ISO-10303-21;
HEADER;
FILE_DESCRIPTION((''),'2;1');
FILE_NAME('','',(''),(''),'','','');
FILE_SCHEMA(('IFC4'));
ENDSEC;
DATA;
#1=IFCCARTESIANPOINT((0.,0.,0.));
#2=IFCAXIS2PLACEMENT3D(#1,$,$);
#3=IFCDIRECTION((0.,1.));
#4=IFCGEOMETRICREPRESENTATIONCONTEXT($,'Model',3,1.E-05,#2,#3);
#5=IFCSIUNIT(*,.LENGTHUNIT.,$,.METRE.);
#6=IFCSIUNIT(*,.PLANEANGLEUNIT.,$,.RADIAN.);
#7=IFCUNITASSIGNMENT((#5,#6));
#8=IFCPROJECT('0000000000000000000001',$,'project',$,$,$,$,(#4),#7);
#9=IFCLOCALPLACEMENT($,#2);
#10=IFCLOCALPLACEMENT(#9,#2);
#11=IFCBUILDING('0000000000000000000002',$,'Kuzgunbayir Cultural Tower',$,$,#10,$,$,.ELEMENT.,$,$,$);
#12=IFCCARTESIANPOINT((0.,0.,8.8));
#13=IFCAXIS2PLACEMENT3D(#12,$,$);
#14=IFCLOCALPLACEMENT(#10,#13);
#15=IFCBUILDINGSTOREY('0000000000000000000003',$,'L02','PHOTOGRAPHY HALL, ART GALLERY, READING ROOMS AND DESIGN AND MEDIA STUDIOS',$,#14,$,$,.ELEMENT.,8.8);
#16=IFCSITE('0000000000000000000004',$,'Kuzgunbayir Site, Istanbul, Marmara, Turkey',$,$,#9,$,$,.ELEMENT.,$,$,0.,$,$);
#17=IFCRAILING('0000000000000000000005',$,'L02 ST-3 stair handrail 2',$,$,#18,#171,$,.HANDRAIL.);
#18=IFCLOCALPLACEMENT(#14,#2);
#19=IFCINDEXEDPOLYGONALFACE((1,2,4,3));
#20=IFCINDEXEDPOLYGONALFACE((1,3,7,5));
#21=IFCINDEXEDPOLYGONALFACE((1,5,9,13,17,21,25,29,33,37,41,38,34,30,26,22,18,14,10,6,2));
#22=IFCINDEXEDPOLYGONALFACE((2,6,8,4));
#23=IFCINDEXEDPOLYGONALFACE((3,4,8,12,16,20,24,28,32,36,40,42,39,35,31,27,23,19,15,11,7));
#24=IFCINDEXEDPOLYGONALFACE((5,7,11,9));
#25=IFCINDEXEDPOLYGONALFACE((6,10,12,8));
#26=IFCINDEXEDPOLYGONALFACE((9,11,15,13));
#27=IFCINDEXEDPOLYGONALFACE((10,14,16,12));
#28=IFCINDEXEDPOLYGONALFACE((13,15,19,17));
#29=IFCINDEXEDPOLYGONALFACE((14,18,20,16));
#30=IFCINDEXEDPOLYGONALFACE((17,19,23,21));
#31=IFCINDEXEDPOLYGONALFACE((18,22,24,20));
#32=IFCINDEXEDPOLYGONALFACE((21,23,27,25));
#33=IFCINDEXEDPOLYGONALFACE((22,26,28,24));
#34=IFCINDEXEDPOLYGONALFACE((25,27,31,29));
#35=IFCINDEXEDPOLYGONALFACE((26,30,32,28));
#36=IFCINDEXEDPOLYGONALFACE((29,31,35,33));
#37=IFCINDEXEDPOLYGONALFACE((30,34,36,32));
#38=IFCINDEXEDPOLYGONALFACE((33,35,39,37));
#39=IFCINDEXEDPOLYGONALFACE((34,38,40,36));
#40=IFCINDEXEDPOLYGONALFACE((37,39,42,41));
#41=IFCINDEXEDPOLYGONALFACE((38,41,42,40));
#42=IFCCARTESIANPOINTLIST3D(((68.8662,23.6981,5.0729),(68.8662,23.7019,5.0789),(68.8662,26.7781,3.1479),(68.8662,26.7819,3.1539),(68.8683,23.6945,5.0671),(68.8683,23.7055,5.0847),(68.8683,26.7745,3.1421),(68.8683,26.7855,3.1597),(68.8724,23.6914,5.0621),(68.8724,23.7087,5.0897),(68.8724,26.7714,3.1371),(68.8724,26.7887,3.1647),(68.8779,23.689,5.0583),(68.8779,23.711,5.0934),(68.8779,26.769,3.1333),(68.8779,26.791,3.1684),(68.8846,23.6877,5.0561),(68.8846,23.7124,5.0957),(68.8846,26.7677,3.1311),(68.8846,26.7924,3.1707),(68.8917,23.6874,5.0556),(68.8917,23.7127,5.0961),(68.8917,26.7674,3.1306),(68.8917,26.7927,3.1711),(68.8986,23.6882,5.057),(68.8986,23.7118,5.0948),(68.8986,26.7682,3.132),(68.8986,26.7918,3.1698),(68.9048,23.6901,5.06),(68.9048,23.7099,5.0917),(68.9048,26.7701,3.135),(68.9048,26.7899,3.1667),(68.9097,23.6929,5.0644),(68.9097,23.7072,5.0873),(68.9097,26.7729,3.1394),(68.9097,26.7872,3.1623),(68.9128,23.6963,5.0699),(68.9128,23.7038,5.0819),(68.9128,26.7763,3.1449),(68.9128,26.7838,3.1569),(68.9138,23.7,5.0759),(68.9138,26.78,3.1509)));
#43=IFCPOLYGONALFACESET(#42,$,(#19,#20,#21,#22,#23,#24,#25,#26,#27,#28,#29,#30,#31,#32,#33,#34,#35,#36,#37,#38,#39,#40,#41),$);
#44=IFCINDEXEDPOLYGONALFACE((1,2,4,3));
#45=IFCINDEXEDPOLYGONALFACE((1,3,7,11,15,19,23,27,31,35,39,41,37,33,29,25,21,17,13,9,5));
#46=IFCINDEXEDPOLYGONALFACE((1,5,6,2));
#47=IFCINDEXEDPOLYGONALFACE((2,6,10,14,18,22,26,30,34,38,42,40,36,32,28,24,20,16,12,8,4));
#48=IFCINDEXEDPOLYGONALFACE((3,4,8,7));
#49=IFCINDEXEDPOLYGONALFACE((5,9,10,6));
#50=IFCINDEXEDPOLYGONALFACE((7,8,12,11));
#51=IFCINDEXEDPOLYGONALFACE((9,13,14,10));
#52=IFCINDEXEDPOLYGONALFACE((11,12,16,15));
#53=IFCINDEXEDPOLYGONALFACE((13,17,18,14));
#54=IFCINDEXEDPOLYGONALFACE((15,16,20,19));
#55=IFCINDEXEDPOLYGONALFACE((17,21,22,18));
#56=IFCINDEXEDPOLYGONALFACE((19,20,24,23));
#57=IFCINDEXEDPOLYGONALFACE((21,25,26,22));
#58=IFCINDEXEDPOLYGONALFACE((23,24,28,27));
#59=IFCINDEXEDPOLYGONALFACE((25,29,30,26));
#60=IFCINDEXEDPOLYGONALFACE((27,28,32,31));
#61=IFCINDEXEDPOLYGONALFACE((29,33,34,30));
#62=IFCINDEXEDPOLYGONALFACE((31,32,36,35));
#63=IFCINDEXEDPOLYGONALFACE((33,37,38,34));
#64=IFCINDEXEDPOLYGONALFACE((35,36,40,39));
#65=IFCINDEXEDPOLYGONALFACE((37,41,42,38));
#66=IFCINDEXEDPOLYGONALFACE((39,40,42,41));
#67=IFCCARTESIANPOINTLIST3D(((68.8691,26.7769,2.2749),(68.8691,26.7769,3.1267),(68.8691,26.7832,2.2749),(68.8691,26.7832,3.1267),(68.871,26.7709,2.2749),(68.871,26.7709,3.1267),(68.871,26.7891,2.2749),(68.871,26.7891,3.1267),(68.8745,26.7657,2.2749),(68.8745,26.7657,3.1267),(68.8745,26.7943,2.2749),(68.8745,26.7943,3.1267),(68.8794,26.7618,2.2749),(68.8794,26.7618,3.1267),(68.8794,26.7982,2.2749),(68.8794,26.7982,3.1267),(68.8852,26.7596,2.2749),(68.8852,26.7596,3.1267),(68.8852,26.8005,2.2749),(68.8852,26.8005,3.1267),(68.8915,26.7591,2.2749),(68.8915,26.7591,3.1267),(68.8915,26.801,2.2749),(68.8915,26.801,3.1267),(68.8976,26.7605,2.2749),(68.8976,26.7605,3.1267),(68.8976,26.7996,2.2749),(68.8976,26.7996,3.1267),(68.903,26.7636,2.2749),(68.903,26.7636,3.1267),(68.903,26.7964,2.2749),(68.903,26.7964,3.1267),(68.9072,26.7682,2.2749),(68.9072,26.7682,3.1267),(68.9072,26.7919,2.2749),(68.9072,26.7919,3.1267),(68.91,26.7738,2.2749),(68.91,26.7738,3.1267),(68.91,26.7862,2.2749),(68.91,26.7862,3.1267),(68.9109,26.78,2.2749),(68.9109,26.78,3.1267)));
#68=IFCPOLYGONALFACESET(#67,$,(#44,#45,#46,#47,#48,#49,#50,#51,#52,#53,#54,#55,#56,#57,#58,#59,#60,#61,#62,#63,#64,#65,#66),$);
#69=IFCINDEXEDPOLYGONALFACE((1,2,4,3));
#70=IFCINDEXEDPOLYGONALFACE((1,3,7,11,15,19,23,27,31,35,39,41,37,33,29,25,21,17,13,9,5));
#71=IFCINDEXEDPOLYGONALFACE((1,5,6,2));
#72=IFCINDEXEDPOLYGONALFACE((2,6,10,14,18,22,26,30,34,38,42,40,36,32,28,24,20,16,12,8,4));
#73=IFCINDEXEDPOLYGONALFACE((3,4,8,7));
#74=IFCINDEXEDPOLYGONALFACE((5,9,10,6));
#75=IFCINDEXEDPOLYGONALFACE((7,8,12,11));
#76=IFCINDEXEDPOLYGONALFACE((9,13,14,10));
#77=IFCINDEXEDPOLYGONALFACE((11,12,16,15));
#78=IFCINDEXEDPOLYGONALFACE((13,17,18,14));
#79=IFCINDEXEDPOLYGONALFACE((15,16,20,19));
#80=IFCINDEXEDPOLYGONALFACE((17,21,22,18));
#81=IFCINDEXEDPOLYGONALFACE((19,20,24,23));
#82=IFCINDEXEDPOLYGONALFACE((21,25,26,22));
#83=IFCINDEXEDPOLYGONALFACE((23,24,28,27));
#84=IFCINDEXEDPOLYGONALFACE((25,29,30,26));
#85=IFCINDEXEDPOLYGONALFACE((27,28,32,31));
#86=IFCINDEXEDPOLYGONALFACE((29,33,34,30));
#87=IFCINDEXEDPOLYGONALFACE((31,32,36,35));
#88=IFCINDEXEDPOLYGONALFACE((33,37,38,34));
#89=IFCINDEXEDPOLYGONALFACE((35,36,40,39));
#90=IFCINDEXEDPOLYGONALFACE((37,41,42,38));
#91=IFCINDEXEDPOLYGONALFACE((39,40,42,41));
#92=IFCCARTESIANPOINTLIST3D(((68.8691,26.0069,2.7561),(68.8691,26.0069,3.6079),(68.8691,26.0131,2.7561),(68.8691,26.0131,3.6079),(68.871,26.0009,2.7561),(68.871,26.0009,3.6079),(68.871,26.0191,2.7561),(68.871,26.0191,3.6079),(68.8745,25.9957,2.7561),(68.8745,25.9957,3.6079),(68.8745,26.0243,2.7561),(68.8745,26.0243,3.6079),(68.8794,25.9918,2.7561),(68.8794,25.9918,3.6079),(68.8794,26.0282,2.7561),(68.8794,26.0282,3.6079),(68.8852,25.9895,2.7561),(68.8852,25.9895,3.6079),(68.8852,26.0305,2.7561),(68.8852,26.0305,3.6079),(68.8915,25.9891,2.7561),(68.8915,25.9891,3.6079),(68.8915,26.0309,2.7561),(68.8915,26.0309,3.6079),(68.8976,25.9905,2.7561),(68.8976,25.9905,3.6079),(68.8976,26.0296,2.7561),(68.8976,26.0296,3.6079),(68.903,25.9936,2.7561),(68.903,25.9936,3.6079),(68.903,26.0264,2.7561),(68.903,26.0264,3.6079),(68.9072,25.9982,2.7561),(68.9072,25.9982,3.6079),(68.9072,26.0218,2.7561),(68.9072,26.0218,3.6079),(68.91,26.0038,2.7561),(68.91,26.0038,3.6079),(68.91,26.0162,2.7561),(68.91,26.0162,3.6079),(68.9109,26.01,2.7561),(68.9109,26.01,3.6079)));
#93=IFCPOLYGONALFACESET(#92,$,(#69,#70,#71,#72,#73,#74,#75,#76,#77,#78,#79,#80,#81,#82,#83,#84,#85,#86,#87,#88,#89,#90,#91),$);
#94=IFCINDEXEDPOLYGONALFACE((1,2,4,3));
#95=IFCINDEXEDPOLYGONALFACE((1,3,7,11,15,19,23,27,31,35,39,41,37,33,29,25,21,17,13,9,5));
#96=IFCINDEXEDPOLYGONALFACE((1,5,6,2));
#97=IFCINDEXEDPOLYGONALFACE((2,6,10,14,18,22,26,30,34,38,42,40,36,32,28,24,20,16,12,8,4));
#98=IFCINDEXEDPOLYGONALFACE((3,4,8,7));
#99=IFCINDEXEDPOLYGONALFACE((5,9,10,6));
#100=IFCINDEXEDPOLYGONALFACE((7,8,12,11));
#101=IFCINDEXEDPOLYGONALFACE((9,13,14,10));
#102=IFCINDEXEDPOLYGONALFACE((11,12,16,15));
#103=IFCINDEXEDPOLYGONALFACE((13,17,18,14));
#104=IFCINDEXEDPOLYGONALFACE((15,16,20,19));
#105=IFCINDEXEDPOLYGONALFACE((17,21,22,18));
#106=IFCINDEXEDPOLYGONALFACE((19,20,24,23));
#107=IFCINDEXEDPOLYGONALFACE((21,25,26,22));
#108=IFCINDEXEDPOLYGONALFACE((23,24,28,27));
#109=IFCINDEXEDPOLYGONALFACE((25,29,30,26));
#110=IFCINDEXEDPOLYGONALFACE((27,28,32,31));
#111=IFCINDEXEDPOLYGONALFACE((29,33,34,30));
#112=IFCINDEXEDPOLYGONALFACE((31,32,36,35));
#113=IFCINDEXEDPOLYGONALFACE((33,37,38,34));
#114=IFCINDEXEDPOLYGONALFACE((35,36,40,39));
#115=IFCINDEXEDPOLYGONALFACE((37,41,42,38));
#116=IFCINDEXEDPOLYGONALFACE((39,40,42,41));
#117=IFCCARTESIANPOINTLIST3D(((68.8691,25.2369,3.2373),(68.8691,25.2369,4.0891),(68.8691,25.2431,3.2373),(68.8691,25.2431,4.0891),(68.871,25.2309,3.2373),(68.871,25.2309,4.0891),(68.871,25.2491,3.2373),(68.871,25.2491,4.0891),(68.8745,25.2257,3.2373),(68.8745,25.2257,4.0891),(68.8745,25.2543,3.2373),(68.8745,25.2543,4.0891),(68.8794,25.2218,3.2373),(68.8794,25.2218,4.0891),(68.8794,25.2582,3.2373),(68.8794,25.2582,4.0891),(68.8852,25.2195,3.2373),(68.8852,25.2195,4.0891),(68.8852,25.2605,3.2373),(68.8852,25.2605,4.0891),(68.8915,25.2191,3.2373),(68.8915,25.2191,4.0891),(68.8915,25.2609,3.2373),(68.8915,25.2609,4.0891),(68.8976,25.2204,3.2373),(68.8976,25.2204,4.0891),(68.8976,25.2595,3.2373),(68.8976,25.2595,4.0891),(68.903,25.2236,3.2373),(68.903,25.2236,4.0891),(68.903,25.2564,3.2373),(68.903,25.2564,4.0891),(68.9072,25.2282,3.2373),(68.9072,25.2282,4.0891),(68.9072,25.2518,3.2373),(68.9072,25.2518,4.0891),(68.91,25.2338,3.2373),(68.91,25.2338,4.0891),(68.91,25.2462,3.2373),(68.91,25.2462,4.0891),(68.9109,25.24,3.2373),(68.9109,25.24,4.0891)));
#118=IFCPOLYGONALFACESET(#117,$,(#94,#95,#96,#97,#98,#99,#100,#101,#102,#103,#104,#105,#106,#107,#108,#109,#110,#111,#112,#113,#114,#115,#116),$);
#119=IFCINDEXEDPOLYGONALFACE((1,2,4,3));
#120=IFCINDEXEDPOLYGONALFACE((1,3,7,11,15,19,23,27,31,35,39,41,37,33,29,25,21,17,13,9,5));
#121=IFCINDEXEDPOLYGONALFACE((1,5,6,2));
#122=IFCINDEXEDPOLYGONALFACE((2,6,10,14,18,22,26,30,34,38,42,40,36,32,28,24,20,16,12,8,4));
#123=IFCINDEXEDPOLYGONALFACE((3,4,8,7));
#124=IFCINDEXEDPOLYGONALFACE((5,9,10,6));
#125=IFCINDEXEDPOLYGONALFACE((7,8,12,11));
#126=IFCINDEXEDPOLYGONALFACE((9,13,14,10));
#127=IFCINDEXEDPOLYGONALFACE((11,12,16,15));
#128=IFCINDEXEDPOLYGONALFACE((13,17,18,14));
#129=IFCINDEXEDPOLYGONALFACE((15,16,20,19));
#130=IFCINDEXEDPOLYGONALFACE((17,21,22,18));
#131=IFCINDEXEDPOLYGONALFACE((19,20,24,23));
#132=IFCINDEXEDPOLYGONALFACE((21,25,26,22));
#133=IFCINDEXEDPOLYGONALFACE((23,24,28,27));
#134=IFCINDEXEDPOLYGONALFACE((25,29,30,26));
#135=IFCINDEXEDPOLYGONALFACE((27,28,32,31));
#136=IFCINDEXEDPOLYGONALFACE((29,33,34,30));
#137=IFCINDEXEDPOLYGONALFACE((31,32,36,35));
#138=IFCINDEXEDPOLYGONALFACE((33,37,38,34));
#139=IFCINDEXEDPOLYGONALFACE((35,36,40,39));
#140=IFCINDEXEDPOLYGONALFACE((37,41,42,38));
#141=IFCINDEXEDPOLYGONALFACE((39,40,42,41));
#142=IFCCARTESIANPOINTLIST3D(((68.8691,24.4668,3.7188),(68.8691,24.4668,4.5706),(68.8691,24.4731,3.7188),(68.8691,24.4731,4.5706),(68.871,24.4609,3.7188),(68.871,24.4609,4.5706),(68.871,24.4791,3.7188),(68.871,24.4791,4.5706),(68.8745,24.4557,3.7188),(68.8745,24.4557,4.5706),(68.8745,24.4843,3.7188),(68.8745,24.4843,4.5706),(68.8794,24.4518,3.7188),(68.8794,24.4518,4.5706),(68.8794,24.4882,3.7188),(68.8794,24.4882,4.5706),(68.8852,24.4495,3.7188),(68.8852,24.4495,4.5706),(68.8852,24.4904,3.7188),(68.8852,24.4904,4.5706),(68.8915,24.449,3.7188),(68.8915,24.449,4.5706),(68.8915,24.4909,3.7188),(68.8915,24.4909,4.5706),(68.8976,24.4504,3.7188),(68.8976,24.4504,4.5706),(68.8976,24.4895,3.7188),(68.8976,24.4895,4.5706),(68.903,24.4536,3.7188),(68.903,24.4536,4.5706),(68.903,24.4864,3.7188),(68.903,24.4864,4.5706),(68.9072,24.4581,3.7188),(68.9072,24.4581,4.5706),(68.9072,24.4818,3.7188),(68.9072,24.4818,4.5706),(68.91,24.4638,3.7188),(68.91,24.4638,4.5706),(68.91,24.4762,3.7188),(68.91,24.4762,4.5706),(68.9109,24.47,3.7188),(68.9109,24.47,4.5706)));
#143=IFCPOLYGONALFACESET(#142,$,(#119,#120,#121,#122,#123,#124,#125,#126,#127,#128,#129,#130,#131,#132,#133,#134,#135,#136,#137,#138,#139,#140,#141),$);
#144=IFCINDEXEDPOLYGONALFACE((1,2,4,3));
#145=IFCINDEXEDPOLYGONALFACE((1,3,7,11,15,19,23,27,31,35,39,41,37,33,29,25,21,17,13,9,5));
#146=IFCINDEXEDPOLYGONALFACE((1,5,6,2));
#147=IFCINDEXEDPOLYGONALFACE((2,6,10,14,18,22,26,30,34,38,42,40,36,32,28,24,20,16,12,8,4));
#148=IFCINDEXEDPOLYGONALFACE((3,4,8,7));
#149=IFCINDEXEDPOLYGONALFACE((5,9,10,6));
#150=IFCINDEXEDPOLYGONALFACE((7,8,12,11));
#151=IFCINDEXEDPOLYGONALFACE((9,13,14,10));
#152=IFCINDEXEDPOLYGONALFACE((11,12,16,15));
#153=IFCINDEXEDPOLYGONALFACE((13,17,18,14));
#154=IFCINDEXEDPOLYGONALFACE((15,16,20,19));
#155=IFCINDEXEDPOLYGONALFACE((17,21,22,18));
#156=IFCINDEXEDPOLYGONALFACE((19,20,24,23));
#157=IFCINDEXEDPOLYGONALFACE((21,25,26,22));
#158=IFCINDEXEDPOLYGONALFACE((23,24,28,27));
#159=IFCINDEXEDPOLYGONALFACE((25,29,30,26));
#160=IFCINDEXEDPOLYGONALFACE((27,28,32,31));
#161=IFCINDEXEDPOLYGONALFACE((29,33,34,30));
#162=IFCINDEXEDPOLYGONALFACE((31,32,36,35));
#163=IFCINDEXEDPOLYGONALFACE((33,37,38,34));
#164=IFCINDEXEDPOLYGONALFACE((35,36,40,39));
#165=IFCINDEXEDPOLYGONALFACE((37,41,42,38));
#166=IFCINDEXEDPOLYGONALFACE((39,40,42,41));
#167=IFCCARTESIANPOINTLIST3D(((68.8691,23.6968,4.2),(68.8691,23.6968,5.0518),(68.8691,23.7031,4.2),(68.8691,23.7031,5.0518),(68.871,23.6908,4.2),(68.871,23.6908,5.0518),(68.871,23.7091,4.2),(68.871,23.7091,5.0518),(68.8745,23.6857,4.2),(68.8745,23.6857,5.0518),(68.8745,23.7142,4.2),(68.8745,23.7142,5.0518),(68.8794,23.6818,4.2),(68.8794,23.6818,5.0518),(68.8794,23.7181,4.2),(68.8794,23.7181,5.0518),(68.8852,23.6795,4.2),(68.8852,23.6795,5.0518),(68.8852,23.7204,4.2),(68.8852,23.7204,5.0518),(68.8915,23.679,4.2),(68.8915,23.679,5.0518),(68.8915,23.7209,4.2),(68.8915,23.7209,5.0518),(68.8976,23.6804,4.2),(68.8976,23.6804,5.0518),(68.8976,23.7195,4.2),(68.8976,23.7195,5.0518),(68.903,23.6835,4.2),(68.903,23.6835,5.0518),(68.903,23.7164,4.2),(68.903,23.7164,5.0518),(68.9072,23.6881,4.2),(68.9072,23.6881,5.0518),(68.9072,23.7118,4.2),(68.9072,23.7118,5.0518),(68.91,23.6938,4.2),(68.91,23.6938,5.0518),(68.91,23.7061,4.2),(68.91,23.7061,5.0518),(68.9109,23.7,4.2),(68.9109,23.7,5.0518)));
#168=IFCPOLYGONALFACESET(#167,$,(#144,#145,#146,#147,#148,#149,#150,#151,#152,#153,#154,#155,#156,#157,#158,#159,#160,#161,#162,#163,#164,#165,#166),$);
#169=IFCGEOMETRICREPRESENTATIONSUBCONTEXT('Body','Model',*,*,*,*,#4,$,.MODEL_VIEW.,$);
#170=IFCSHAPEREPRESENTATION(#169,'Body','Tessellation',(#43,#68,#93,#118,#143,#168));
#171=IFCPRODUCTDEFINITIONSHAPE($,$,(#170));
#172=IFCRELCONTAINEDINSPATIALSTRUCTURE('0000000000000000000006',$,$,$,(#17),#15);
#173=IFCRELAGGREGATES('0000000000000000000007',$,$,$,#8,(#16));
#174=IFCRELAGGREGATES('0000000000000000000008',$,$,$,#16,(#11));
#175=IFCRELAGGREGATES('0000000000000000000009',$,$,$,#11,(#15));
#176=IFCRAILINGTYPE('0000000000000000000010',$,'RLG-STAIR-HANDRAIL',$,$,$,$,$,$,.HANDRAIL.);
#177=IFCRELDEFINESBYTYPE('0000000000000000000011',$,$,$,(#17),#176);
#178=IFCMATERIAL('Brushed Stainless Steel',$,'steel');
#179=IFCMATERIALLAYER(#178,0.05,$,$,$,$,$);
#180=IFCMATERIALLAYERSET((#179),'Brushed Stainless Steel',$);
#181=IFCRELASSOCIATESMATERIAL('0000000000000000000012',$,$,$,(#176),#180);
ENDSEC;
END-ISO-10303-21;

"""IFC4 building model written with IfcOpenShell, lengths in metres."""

from ifc_helpers import new_model, si_unit, direction, frame, origin, origin_2d, place, context, subcontext, project, spatial, circle, extrude, material, layer, layer_set, type_object, element, save


model = new_model("IFC4")

# Units and contexts
model_context = context("Model", 3, precision=1e-05, world=origin(), true_north=direction((0.0, 1.0)))
body_context = subcontext(model_context, "Body", "Model", "MODEL_VIEW")
ifc_project = project(units=[si_unit("LENGTHUNIT", "METRE"), si_unit("PLANEANGLEUNIT", "RADIAN")], contexts=[model_context])

# Site, building, storey
site_placement = place(None, origin())
site = spatial("IfcSite", under=ifc_project, at=site_placement, Name="Kuzgunbayir Site, Istanbul, Marmara, Turkey", CompositionType="ELEMENT", RefElevation=0.0)
building_placement = place(site_placement, origin())
building = spatial("IfcBuilding", under=site, at=building_placement, Name="Kuzgunbayir Cultural Tower", CompositionType="ELEMENT")
storey_placement = place(building_placement, frame((0.0, 0.0, 8.8)))
storey = spatial("IfcBuildingStorey", under=building, at=storey_placement, Name="L02", Description="PHOTOGRAPHY HALL, ART GALLERY, READING ROOMS AND DESIGN AND MEDIA STUDIOS", CompositionType="ELEMENT", Elevation=8.8)

# Shared definitions
ifc_material_1 = material(Name="Brushed Stainless Steel", Category="steel")

# Railing
ifc_layer_1 = layer(ifc_material_1, 0.05)
ifc_layer_set_1 = layer_set([ifc_layer_1], Name="Brushed Stainless Steel")
railing_type_1 = type_object("IfcRailingType", Name="RLG-STAIR-HANDRAIL", PredefinedType="HANDRAIL", material=ifc_layer_set_1)
railing_1_placement = place(storey_placement, frame((68.8899, 26.78, 2.2749)))
element("IfcRailing", 1, at=railing_1_placement, inside=storey, type_object=railing_type_1, Name="L02 ST-3 stair handrail 2", PredefinedType="HANDRAIL", context=body_context, shape_type="SweptSolid", body=[
    extrude(circle(Radius=0.0239, at=origin_2d()), frame((0.0, 0.0, 0.876), z_axis=(0.0, -0.847998, 0.529999), x_axis=(1.0, 0.0, 0.0)), (0.0, 0.0, 1.0), 3.6321),
    extrude(circle(Radius=0.021, at=origin_2d()), origin(), (0.0, 0.0, 1.0), 0.8518),
    extrude(circle(Radius=0.021, at=origin_2d()), frame((0.0, -0.77, 0.4812)), (0.0, 0.0, 1.0), 0.8518),
    extrude(circle(Radius=0.021, at=origin_2d()), frame((0.0, -1.54, 0.9624)), (0.0, 0.0, 1.0), 0.8518),
    extrude(circle(Radius=0.021, at=origin_2d()), frame((0.0, -2.3101, 1.4438)), (0.0, 0.0, 1.0), 0.8518),
    extrude(circle(Radius=0.021, at=origin_2d()), frame((0.0, -3.0801, 1.925)), (0.0, 0.0, 1.0), 0.8518),
])

save(model, "model.ifc")
